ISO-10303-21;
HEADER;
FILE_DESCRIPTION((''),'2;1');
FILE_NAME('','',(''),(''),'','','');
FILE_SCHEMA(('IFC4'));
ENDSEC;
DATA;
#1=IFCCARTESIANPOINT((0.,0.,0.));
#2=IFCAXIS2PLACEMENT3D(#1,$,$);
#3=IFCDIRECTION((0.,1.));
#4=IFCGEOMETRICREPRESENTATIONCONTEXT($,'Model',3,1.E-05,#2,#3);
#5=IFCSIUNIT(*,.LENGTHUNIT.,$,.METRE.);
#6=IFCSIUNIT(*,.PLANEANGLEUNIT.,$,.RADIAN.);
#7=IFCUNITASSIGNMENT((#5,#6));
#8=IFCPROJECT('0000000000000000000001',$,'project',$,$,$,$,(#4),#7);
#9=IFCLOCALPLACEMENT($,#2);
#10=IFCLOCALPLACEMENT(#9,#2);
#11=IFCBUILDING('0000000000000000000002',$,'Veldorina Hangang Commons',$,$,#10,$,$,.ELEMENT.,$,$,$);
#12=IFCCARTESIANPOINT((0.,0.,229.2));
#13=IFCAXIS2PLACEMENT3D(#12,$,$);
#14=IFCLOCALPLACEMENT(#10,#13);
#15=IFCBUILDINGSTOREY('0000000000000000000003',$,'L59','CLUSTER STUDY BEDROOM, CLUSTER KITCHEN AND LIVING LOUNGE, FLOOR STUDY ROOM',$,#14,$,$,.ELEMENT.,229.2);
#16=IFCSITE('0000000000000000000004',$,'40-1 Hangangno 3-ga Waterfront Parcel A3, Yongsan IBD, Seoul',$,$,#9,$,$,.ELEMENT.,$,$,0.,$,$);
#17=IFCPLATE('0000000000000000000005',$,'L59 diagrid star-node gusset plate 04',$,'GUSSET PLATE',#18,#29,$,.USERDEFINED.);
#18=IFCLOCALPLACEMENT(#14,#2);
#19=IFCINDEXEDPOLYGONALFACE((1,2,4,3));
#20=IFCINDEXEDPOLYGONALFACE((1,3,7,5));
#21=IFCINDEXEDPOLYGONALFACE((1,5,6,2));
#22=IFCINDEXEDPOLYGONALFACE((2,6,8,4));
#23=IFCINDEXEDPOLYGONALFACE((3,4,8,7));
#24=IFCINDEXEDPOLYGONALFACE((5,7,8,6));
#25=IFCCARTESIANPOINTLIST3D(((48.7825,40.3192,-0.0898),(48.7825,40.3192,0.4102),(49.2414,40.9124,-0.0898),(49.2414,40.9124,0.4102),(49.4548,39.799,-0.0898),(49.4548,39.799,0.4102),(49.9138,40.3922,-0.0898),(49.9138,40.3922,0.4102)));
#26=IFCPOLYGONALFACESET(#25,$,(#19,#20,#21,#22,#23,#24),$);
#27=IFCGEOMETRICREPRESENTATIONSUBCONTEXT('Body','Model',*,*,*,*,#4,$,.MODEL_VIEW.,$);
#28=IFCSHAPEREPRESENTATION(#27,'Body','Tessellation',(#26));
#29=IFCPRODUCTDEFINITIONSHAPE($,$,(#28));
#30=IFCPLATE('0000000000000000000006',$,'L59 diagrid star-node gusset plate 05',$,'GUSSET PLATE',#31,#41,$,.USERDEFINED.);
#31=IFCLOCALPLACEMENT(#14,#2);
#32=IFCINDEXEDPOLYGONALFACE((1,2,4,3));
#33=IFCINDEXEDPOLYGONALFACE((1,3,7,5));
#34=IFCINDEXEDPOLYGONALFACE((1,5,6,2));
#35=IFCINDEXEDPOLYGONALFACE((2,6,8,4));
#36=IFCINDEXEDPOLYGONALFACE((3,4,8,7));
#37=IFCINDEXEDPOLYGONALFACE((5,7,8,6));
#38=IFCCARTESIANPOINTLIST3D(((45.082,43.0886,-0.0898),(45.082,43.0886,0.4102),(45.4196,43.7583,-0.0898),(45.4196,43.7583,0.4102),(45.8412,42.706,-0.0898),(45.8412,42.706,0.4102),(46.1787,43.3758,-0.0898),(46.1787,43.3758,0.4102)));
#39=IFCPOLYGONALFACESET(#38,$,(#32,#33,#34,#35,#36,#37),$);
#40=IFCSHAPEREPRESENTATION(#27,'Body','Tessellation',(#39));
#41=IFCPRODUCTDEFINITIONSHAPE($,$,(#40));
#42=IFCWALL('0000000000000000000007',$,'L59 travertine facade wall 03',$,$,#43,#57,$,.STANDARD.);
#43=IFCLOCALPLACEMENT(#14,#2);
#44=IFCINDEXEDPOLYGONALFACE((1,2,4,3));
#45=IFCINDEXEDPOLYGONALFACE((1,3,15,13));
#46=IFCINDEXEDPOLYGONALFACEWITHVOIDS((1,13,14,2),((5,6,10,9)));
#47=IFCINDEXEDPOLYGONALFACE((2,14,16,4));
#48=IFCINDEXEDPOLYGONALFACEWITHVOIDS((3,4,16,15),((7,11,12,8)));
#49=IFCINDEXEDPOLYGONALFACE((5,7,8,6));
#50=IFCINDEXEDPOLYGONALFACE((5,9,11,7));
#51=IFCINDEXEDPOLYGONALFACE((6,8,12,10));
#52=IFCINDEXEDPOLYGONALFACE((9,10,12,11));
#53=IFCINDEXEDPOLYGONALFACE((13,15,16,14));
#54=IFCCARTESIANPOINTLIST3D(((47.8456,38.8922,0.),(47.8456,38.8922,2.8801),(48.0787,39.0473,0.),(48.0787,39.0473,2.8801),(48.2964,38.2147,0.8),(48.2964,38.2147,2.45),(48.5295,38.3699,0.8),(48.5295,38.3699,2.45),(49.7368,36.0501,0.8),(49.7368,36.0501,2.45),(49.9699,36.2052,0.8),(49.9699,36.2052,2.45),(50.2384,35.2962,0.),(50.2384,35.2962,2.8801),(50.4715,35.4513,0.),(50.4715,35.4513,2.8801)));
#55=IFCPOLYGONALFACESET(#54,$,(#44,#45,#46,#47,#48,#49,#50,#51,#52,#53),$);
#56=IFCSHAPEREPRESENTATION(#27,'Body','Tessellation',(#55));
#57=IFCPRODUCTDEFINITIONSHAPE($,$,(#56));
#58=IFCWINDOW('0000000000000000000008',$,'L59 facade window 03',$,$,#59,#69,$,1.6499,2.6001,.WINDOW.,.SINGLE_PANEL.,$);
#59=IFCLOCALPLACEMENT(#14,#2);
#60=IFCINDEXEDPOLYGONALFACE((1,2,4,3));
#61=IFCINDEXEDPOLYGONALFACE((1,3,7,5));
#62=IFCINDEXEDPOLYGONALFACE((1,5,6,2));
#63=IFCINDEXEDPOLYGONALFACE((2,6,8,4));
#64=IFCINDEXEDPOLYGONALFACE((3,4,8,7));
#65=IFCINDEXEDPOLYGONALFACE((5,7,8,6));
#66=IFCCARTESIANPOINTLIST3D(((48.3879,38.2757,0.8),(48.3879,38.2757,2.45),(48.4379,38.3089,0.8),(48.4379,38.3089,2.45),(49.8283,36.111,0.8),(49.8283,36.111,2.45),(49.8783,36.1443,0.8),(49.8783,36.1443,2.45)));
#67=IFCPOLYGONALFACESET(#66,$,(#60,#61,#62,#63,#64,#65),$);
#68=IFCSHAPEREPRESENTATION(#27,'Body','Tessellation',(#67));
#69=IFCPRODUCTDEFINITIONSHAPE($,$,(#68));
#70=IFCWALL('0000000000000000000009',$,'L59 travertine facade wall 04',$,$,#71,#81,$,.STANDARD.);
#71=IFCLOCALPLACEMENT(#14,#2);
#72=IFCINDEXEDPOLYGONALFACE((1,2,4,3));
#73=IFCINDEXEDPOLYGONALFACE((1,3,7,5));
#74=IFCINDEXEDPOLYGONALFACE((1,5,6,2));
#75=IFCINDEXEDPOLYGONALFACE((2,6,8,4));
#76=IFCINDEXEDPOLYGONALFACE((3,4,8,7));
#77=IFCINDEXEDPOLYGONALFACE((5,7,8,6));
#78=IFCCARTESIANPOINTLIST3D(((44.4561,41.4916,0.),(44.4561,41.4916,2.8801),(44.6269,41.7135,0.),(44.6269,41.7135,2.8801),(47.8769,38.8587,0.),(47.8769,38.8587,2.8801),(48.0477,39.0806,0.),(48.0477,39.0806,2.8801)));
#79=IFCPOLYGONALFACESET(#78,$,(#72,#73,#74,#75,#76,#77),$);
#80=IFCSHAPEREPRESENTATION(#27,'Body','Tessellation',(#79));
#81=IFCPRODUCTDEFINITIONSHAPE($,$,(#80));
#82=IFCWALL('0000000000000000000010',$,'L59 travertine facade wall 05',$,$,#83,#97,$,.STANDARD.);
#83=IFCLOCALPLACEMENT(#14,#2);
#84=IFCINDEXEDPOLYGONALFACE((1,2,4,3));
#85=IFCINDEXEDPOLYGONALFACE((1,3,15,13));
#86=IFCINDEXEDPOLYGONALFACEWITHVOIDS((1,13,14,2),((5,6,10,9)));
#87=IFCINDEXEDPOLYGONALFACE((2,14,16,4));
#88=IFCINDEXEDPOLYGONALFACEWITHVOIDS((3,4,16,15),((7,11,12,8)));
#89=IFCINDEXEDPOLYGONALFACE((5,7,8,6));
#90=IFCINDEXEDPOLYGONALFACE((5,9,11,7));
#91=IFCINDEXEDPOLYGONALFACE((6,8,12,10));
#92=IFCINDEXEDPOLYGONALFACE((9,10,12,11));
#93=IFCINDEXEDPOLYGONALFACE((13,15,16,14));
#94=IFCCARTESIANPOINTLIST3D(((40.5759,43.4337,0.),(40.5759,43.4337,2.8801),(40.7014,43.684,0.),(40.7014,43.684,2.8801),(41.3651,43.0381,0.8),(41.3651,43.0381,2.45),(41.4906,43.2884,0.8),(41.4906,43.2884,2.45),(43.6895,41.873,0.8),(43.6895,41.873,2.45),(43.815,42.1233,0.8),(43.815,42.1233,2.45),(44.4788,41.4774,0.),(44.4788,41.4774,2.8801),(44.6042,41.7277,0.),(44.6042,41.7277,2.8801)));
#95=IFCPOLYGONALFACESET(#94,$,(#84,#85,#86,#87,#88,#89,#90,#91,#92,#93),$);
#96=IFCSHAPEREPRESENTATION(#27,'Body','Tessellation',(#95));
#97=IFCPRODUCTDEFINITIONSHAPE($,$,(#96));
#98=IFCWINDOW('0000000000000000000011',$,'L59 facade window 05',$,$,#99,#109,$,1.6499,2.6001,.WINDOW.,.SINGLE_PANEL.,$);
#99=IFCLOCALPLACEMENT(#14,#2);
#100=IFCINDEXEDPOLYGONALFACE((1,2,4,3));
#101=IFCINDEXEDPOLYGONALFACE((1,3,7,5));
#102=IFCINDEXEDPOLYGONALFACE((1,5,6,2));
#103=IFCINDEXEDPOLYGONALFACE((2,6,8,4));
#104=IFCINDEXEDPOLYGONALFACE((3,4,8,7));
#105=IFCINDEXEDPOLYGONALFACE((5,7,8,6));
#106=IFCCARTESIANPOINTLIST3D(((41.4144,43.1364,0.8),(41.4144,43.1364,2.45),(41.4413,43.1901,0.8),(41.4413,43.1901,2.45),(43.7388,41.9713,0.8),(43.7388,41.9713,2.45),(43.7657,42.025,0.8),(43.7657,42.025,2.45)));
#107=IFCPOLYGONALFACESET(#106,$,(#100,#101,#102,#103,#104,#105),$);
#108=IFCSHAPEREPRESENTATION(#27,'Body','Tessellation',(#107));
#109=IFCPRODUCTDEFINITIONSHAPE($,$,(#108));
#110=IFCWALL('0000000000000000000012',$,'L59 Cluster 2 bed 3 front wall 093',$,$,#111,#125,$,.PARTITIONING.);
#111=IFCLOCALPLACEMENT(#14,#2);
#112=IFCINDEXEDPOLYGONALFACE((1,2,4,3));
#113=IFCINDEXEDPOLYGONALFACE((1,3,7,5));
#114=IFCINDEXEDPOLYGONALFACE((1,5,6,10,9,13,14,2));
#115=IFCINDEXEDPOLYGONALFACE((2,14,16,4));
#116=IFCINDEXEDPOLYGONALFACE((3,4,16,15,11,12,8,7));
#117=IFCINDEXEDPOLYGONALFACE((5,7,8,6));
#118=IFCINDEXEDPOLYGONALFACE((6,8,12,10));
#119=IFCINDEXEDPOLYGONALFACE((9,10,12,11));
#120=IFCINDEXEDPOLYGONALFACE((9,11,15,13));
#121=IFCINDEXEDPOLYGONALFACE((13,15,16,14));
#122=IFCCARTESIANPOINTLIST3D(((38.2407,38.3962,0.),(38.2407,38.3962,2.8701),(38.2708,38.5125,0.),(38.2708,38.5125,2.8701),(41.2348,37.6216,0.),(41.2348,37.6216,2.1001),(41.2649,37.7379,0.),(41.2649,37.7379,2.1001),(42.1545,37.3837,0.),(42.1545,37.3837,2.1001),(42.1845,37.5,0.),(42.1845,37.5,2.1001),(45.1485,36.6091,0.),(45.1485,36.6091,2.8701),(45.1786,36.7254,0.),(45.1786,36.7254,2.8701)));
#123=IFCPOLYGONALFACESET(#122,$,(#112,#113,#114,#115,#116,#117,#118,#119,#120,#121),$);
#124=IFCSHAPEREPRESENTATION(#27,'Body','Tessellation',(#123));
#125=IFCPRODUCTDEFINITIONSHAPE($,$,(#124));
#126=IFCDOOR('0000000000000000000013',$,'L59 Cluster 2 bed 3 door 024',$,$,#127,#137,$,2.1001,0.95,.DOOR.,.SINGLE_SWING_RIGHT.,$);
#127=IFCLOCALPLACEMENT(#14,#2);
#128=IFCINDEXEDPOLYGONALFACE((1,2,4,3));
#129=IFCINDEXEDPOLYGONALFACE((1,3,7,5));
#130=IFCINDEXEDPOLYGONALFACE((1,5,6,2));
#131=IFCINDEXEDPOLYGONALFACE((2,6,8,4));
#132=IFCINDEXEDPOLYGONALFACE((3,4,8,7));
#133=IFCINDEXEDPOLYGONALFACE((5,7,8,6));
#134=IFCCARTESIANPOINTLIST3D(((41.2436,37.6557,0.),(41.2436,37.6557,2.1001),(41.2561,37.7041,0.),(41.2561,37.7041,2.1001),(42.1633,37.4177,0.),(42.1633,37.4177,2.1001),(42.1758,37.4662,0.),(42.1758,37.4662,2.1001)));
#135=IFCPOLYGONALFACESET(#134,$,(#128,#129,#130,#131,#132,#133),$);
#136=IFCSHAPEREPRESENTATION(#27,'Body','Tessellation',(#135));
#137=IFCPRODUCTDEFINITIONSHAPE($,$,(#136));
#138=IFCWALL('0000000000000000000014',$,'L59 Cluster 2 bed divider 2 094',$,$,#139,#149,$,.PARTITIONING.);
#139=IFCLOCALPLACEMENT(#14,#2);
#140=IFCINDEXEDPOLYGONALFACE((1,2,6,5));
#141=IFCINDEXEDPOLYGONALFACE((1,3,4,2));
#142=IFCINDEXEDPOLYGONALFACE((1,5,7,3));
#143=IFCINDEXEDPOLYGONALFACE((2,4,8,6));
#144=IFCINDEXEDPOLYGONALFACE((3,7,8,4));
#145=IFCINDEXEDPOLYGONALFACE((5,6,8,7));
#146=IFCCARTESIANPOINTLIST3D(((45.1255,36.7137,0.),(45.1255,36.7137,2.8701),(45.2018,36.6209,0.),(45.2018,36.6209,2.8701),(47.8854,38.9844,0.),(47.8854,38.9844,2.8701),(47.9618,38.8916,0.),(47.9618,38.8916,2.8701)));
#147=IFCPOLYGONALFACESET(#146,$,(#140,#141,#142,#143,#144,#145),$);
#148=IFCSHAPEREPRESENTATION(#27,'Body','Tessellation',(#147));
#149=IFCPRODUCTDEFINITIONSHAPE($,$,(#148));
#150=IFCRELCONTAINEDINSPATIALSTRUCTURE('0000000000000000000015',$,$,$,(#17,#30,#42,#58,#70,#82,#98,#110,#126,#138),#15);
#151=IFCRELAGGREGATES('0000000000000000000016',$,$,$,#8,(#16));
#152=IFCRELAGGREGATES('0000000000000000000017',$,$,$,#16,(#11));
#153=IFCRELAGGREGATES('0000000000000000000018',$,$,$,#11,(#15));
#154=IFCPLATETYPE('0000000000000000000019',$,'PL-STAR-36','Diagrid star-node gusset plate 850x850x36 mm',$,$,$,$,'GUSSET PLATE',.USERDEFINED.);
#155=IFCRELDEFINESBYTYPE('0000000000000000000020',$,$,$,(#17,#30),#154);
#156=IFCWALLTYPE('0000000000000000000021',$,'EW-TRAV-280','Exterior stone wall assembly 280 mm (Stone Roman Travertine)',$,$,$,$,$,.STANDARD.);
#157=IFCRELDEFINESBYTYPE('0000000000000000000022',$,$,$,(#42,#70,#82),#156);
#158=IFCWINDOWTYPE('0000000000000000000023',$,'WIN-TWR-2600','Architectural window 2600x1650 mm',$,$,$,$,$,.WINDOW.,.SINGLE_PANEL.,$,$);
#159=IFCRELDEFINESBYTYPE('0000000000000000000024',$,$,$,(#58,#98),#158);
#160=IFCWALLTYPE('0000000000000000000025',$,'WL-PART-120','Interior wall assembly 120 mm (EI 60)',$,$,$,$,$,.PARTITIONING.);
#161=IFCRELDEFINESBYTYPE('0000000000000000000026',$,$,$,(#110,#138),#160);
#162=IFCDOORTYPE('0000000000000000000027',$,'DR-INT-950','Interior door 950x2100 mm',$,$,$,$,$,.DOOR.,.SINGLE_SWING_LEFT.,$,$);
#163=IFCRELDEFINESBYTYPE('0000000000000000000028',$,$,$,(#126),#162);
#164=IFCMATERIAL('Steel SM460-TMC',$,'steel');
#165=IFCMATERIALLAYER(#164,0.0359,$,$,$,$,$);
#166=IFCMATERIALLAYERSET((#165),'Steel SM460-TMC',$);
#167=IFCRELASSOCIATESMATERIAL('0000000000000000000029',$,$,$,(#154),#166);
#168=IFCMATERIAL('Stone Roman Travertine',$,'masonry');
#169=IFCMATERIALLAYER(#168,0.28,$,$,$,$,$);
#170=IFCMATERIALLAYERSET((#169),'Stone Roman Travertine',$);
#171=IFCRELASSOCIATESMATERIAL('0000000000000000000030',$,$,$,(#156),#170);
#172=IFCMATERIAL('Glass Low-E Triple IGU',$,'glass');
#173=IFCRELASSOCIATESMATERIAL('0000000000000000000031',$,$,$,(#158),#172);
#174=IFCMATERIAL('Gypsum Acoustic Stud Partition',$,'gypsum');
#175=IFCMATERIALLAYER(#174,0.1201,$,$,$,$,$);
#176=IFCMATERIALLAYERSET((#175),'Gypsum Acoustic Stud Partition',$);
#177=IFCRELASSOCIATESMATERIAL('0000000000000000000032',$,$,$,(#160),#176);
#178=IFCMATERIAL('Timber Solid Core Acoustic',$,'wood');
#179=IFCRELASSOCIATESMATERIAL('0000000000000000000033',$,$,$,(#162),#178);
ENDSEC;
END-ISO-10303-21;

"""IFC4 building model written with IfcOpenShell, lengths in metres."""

from ifc_helpers import new_model, si_unit, direction, frame, frame_2d, origin, origin_2d, place, context, subcontext, project, spatial, rectangle, extrude, material, layer, layer_set, type_object, element, fill, save


model = new_model("IFC4")

# Units and contexts
model_context = context("Model", 3, precision=1e-05, world=origin(), true_north=direction((0.0, 1.0)))
body_context = subcontext(model_context, "Body", "Model", "MODEL_VIEW")
ifc_project = project(units=[si_unit("LENGTHUNIT", "METRE"), si_unit("PLANEANGLEUNIT", "RADIAN")], contexts=[model_context])

# Site, building, storey
site_placement = place(None, origin())
site = spatial("IfcSite", under=ifc_project, at=site_placement, Name="40-1 Hangangno 3-ga Waterfront Parcel A3, Yongsan IBD, Seoul", CompositionType="ELEMENT", RefElevation=0.0)
building_placement = place(site_placement, origin())
building = spatial("IfcBuilding", under=site, at=building_placement, Name="Veldorina Hangang Commons", CompositionType="ELEMENT")
storey_placement = place(building_placement, frame((0.0, 0.0, 229.2)))
storey = spatial("IfcBuildingStorey", under=building, at=storey_placement, Name="L59", Description="CLUSTER STUDY BEDROOM, CLUSTER KITCHEN AND LIVING LOUNGE, FLOOR STUDY ROOM", CompositionType="ELEMENT", Elevation=229.2)

# Shared definitions
ifc_material_1 = material(Name="Glass Low-E Triple IGU", Category="glass")

# Plates
ifc_material_2 = material(Name="Steel SM460-TMC", Category="steel")
ifc_layer_1 = layer(ifc_material_2, 0.0359)
ifc_layer_set_1 = layer_set([ifc_layer_1], Name="Steel SM460-TMC")
plate_type_1 = type_object("IfcPlateType", Name="PL-STAR-36", Description="Diagrid star-node gusset plate 850x850x36 mm", ElementType="GUSSET PLATE", PredefinedType="USERDEFINED", material=ifc_layer_set_1)
for number, where, z_axis, x_axis, name in (
    (1, (49.3481, 40.3557, -0.0898), (0.0, 0.0, 1.0), (-0.790914, 0.611927, 0.0), "L59 diagrid star-node gusset plate 04"),
    (2, (45.6304, 43.2322, -0.0898), (0.0, 0.0, 1.0), (-0.893018, 0.450021, 0.0), "L59 diagrid star-node gusset plate 05"),
):
    element("IfcPlate", number, at=place(storey_placement, frame(where, z_axis=z_axis, x_axis=x_axis)), inside=storey, type_object=plate_type_1, Name=name, ObjectType="GUSSET PLATE", PredefinedType="USERDEFINED", context=body_context, shape_type="SweptSolid", body=[
        extrude(rectangle(XDim=0.8501, YDim=0.75, at=origin_2d()), origin(), (0.0, 0.0, 1.0), 0.5),
    ])

# Wall, opening, window
ifc_material_3 = material(Name="Stone Roman Travertine", Category="masonry")
ifc_layer_2 = layer(ifc_material_3, 0.28)
ifc_layer_set_2 = layer_set([ifc_layer_2], Name="Stone Roman Travertine")
wall_type_1 = type_object("IfcWallType", Name="EW-TRAV-280", Description="Exterior stone wall assembly 280 mm (Stone Roman Travertine)", PredefinedType="STANDARD", material=ifc_layer_set_2)
wall_1_placement = place(storey_placement, frame((50.355, 35.3738, 0.0), z_axis=(0.0, 0.0, 1.0), x_axis=(-0.553983, 0.832528, 0.0)))
wall_1 = element("IfcWall", 3, at=wall_1_placement, inside=storey, type_object=wall_type_1, Name="L59 travertine facade wall 03", PredefinedType="STANDARD", context=body_context, shape_type="SweptSolid", body=[
    extrude(rectangle(XDim=4.3193, YDim=0.28, at=frame_2d((2.1597, 0.0))), origin(), (0.0, 0.0, 1.0), 2.8801),
])
opening_1_placement = place(wall_1_placement, frame((0.9055, 0.0, 0.8)))
opening_1 = element("IfcOpeningElement", 4, at=opening_1_placement, cuts=wall_1, PredefinedType="OPENING", context=body_context, shape_type="SweptSolid", body=[
    extrude(rectangle(XDim=2.6001, YDim=1.6499, at=frame_2d((1.3, 0.825))), frame((0.0, 0.1499, 0.0), z_axis=(0.0, -1.0, 0.0), x_axis=(1.0, 0.0, 0.0)), (0.0, 0.0, 1.0), 0.3),
])
window_type = type_object("IfcWindowType", Name="WIN-TWR-2600", Description="Architectural window 2600x1650 mm", PartitioningType="SINGLE_PANEL", PredefinedType="WINDOW", material=ifc_material_1)
window_1_placement = place(opening_1_placement, origin())
window_1 = element("IfcWindow", 5, at=window_1_placement, inside=storey, type_object=window_type, Name="L59 facade window 03", OverallHeight=1.6499, OverallWidth=2.6001, PartitioningType="SINGLE_PANEL", PredefinedType="WINDOW", context=body_context, shape_type="SweptSolid", body=[
    extrude(rectangle(XDim=2.6001, YDim=1.6499, at=frame_2d((1.3, 0.825))), frame((0.0, 0.03, 0.0), z_axis=(0.0, -1.0, 0.0), x_axis=(1.0, 0.0, 0.0)), (0.0, 0.0, 1.0), 0.0601),
])
fill(opening_1, window_1)

# Wall
wall_2_placement = place(storey_placement, frame((47.9622, 38.9697, 0.0), z_axis=(0.0, 0.0, 1.0), x_axis=(-0.792452, 0.609935, 0.0)))
element("IfcWall", 6, at=wall_2_placement, inside=storey, type_object=wall_type_1, Name="L59 travertine facade wall 04", PredefinedType="STANDARD", context=body_context, shape_type="SweptSolid", body=[
    extrude(rectangle(XDim=4.3167, YDim=0.28, at=frame_2d((2.1582, 0.0))), origin(), (0.0, 0.0, 1.0), 2.8801),
])

# Wall, opening, window
wall_3_placement = place(storey_placement, frame((44.5415, 41.6025, 0.0), z_axis=(0.0, 0.0, 1.0), x_axis=(-0.893979, 0.448108, 0.0)))
wall_3 = element("IfcWall", 7, at=wall_3_placement, inside=storey, type_object=wall_type_1, Name="L59 travertine facade wall 05", PredefinedType="STANDARD", context=body_context, shape_type="SweptSolid", body=[
    extrude(rectangle(XDim=4.3657, YDim=0.28, at=frame_2d((2.1829, 0.0))), origin(), (0.0, 0.0, 1.0), 2.8801),
])
opening_2_placement = place(wall_3_placement, frame((0.8828, 0.0, 0.8)))
opening_2 = element("IfcOpeningElement", 8, at=opening_2_placement, cuts=wall_3, PredefinedType="OPENING", context=body_context, shape_type="SweptSolid", body=[
    extrude(rectangle(XDim=2.6001, YDim=1.6499, at=frame_2d((1.3, 0.825))), frame((0.0, 0.1499, 0.0), z_axis=(0.0, -1.0, 0.0), x_axis=(1.0, 0.0, 0.0)), (0.0, 0.0, 1.0), 0.3),
])
window_2_placement = place(opening_2_placement, origin())
window_2 = element("IfcWindow", 9, at=window_2_placement, inside=storey, type_object=window_type, Name="L59 facade window 05", OverallHeight=1.6499, OverallWidth=2.6001, PartitioningType="SINGLE_PANEL", PredefinedType="WINDOW", context=body_context, shape_type="SweptSolid", body=[
    extrude(rectangle(XDim=2.6001, YDim=1.6499, at=frame_2d((1.3, 0.825))), frame((0.0, 0.03, 0.0), z_axis=(0.0, -1.0, 0.0), x_axis=(1.0, 0.0, 0.0)), (0.0, 0.0, 1.0), 0.0601),
])
fill(opening_2, window_2)

# Wall, opening, door
ifc_material_4 = material(Name="Gypsum Acoustic Stud Partition", Category="gypsum")
ifc_layer_3 = layer(ifc_material_4, 0.1201)
ifc_layer_set_3 = layer_set([ifc_layer_3], Name="Gypsum Acoustic Stud Partition")
wall_type_2 = type_object("IfcWallType", Name="WL-PART-120", Description="Interior wall assembly 120 mm (EI 60)", PredefinedType="PARTITIONING", material=ifc_layer_set_3)
wall_4_placement = place(storey_placement, frame((45.1636, 36.6672, 0.0), z_axis=(0.0, 0.0, 1.0), x_axis=(-0.968125, 0.250466, 0.0)))
wall_4 = element("IfcWall", 10, at=wall_4_placement, inside=storey, type_object=wall_type_2, Name="L59 Cluster 2 bed 3 front wall 093", PredefinedType="PARTITIONING", context=body_context, shape_type="SweptSolid", body=[
    extrude(rectangle(XDim=7.1353, YDim=0.1201, at=frame_2d((3.5676, 0.0))), origin(), (0.0, 0.0, 1.0), 2.8701),
])
opening_3_placement = place(wall_4_placement, frame((3.0925, 0.0, 0.0)))
opening_3 = element("IfcOpeningElement", 11, at=opening_3_placement, cuts=wall_4, PredefinedType="OPENING", context=body_context, shape_type="SweptSolid", body=[
    extrude(rectangle(XDim=0.95, YDim=2.1001, at=frame_2d((0.4751, 1.05))), frame((0.0, 0.0701, 0.0), z_axis=(0.0, -1.0, 0.0), x_axis=(1.0, 0.0, 0.0)), (0.0, 0.0, 1.0), 0.1401),
])
ifc_material_5 = material(Name="Timber Solid Core Acoustic", Category="wood")
door_type = type_object("IfcDoorType", Name="DR-INT-950", Description="Interior door 950x2100 mm", OperationType="SINGLE_SWING_LEFT", PredefinedType="DOOR", material=ifc_material_5)
door_placement = place(opening_3_placement, origin())
door = element("IfcDoor", 12, at=door_placement, inside=storey, type_object=door_type, Name="L59 Cluster 2 bed 3 door 024", OperationType="SINGLE_SWING_RIGHT", OverallHeight=2.1001, OverallWidth=0.95, PredefinedType="DOOR", context=body_context, shape_type="SweptSolid", body=[
    extrude(rectangle(XDim=0.95, YDim=2.1001, at=frame_2d((0.4751, 1.05))), frame((0.0, 0.0249, 0.0), z_axis=(0.0, -1.0, 0.0), x_axis=(1.0, 0.0, 0.0)), (0.0, 0.0, 1.0), 0.05),
])
fill(opening_3, door)

# Wall
wall_5_placement = place(storey_placement, frame((45.1636, 36.6672, 0.0), z_axis=(0.0, 0.0, 1.0), x_axis=(0.772232, 0.635341, 0.0)))
element("IfcWall", 13, at=wall_5_placement, inside=storey, type_object=wall_type_2, Name="L59 Cluster 2 bed divider 2 094", PredefinedType="PARTITIONING", context=body_context, shape_type="SweptSolid", body=[
    extrude(rectangle(XDim=3.574, YDim=0.1201, at=frame_2d((1.7871, 0.0))), origin(), (0.0, 0.0, 1.0), 2.8701),
])

save(model, "model.ifc")
